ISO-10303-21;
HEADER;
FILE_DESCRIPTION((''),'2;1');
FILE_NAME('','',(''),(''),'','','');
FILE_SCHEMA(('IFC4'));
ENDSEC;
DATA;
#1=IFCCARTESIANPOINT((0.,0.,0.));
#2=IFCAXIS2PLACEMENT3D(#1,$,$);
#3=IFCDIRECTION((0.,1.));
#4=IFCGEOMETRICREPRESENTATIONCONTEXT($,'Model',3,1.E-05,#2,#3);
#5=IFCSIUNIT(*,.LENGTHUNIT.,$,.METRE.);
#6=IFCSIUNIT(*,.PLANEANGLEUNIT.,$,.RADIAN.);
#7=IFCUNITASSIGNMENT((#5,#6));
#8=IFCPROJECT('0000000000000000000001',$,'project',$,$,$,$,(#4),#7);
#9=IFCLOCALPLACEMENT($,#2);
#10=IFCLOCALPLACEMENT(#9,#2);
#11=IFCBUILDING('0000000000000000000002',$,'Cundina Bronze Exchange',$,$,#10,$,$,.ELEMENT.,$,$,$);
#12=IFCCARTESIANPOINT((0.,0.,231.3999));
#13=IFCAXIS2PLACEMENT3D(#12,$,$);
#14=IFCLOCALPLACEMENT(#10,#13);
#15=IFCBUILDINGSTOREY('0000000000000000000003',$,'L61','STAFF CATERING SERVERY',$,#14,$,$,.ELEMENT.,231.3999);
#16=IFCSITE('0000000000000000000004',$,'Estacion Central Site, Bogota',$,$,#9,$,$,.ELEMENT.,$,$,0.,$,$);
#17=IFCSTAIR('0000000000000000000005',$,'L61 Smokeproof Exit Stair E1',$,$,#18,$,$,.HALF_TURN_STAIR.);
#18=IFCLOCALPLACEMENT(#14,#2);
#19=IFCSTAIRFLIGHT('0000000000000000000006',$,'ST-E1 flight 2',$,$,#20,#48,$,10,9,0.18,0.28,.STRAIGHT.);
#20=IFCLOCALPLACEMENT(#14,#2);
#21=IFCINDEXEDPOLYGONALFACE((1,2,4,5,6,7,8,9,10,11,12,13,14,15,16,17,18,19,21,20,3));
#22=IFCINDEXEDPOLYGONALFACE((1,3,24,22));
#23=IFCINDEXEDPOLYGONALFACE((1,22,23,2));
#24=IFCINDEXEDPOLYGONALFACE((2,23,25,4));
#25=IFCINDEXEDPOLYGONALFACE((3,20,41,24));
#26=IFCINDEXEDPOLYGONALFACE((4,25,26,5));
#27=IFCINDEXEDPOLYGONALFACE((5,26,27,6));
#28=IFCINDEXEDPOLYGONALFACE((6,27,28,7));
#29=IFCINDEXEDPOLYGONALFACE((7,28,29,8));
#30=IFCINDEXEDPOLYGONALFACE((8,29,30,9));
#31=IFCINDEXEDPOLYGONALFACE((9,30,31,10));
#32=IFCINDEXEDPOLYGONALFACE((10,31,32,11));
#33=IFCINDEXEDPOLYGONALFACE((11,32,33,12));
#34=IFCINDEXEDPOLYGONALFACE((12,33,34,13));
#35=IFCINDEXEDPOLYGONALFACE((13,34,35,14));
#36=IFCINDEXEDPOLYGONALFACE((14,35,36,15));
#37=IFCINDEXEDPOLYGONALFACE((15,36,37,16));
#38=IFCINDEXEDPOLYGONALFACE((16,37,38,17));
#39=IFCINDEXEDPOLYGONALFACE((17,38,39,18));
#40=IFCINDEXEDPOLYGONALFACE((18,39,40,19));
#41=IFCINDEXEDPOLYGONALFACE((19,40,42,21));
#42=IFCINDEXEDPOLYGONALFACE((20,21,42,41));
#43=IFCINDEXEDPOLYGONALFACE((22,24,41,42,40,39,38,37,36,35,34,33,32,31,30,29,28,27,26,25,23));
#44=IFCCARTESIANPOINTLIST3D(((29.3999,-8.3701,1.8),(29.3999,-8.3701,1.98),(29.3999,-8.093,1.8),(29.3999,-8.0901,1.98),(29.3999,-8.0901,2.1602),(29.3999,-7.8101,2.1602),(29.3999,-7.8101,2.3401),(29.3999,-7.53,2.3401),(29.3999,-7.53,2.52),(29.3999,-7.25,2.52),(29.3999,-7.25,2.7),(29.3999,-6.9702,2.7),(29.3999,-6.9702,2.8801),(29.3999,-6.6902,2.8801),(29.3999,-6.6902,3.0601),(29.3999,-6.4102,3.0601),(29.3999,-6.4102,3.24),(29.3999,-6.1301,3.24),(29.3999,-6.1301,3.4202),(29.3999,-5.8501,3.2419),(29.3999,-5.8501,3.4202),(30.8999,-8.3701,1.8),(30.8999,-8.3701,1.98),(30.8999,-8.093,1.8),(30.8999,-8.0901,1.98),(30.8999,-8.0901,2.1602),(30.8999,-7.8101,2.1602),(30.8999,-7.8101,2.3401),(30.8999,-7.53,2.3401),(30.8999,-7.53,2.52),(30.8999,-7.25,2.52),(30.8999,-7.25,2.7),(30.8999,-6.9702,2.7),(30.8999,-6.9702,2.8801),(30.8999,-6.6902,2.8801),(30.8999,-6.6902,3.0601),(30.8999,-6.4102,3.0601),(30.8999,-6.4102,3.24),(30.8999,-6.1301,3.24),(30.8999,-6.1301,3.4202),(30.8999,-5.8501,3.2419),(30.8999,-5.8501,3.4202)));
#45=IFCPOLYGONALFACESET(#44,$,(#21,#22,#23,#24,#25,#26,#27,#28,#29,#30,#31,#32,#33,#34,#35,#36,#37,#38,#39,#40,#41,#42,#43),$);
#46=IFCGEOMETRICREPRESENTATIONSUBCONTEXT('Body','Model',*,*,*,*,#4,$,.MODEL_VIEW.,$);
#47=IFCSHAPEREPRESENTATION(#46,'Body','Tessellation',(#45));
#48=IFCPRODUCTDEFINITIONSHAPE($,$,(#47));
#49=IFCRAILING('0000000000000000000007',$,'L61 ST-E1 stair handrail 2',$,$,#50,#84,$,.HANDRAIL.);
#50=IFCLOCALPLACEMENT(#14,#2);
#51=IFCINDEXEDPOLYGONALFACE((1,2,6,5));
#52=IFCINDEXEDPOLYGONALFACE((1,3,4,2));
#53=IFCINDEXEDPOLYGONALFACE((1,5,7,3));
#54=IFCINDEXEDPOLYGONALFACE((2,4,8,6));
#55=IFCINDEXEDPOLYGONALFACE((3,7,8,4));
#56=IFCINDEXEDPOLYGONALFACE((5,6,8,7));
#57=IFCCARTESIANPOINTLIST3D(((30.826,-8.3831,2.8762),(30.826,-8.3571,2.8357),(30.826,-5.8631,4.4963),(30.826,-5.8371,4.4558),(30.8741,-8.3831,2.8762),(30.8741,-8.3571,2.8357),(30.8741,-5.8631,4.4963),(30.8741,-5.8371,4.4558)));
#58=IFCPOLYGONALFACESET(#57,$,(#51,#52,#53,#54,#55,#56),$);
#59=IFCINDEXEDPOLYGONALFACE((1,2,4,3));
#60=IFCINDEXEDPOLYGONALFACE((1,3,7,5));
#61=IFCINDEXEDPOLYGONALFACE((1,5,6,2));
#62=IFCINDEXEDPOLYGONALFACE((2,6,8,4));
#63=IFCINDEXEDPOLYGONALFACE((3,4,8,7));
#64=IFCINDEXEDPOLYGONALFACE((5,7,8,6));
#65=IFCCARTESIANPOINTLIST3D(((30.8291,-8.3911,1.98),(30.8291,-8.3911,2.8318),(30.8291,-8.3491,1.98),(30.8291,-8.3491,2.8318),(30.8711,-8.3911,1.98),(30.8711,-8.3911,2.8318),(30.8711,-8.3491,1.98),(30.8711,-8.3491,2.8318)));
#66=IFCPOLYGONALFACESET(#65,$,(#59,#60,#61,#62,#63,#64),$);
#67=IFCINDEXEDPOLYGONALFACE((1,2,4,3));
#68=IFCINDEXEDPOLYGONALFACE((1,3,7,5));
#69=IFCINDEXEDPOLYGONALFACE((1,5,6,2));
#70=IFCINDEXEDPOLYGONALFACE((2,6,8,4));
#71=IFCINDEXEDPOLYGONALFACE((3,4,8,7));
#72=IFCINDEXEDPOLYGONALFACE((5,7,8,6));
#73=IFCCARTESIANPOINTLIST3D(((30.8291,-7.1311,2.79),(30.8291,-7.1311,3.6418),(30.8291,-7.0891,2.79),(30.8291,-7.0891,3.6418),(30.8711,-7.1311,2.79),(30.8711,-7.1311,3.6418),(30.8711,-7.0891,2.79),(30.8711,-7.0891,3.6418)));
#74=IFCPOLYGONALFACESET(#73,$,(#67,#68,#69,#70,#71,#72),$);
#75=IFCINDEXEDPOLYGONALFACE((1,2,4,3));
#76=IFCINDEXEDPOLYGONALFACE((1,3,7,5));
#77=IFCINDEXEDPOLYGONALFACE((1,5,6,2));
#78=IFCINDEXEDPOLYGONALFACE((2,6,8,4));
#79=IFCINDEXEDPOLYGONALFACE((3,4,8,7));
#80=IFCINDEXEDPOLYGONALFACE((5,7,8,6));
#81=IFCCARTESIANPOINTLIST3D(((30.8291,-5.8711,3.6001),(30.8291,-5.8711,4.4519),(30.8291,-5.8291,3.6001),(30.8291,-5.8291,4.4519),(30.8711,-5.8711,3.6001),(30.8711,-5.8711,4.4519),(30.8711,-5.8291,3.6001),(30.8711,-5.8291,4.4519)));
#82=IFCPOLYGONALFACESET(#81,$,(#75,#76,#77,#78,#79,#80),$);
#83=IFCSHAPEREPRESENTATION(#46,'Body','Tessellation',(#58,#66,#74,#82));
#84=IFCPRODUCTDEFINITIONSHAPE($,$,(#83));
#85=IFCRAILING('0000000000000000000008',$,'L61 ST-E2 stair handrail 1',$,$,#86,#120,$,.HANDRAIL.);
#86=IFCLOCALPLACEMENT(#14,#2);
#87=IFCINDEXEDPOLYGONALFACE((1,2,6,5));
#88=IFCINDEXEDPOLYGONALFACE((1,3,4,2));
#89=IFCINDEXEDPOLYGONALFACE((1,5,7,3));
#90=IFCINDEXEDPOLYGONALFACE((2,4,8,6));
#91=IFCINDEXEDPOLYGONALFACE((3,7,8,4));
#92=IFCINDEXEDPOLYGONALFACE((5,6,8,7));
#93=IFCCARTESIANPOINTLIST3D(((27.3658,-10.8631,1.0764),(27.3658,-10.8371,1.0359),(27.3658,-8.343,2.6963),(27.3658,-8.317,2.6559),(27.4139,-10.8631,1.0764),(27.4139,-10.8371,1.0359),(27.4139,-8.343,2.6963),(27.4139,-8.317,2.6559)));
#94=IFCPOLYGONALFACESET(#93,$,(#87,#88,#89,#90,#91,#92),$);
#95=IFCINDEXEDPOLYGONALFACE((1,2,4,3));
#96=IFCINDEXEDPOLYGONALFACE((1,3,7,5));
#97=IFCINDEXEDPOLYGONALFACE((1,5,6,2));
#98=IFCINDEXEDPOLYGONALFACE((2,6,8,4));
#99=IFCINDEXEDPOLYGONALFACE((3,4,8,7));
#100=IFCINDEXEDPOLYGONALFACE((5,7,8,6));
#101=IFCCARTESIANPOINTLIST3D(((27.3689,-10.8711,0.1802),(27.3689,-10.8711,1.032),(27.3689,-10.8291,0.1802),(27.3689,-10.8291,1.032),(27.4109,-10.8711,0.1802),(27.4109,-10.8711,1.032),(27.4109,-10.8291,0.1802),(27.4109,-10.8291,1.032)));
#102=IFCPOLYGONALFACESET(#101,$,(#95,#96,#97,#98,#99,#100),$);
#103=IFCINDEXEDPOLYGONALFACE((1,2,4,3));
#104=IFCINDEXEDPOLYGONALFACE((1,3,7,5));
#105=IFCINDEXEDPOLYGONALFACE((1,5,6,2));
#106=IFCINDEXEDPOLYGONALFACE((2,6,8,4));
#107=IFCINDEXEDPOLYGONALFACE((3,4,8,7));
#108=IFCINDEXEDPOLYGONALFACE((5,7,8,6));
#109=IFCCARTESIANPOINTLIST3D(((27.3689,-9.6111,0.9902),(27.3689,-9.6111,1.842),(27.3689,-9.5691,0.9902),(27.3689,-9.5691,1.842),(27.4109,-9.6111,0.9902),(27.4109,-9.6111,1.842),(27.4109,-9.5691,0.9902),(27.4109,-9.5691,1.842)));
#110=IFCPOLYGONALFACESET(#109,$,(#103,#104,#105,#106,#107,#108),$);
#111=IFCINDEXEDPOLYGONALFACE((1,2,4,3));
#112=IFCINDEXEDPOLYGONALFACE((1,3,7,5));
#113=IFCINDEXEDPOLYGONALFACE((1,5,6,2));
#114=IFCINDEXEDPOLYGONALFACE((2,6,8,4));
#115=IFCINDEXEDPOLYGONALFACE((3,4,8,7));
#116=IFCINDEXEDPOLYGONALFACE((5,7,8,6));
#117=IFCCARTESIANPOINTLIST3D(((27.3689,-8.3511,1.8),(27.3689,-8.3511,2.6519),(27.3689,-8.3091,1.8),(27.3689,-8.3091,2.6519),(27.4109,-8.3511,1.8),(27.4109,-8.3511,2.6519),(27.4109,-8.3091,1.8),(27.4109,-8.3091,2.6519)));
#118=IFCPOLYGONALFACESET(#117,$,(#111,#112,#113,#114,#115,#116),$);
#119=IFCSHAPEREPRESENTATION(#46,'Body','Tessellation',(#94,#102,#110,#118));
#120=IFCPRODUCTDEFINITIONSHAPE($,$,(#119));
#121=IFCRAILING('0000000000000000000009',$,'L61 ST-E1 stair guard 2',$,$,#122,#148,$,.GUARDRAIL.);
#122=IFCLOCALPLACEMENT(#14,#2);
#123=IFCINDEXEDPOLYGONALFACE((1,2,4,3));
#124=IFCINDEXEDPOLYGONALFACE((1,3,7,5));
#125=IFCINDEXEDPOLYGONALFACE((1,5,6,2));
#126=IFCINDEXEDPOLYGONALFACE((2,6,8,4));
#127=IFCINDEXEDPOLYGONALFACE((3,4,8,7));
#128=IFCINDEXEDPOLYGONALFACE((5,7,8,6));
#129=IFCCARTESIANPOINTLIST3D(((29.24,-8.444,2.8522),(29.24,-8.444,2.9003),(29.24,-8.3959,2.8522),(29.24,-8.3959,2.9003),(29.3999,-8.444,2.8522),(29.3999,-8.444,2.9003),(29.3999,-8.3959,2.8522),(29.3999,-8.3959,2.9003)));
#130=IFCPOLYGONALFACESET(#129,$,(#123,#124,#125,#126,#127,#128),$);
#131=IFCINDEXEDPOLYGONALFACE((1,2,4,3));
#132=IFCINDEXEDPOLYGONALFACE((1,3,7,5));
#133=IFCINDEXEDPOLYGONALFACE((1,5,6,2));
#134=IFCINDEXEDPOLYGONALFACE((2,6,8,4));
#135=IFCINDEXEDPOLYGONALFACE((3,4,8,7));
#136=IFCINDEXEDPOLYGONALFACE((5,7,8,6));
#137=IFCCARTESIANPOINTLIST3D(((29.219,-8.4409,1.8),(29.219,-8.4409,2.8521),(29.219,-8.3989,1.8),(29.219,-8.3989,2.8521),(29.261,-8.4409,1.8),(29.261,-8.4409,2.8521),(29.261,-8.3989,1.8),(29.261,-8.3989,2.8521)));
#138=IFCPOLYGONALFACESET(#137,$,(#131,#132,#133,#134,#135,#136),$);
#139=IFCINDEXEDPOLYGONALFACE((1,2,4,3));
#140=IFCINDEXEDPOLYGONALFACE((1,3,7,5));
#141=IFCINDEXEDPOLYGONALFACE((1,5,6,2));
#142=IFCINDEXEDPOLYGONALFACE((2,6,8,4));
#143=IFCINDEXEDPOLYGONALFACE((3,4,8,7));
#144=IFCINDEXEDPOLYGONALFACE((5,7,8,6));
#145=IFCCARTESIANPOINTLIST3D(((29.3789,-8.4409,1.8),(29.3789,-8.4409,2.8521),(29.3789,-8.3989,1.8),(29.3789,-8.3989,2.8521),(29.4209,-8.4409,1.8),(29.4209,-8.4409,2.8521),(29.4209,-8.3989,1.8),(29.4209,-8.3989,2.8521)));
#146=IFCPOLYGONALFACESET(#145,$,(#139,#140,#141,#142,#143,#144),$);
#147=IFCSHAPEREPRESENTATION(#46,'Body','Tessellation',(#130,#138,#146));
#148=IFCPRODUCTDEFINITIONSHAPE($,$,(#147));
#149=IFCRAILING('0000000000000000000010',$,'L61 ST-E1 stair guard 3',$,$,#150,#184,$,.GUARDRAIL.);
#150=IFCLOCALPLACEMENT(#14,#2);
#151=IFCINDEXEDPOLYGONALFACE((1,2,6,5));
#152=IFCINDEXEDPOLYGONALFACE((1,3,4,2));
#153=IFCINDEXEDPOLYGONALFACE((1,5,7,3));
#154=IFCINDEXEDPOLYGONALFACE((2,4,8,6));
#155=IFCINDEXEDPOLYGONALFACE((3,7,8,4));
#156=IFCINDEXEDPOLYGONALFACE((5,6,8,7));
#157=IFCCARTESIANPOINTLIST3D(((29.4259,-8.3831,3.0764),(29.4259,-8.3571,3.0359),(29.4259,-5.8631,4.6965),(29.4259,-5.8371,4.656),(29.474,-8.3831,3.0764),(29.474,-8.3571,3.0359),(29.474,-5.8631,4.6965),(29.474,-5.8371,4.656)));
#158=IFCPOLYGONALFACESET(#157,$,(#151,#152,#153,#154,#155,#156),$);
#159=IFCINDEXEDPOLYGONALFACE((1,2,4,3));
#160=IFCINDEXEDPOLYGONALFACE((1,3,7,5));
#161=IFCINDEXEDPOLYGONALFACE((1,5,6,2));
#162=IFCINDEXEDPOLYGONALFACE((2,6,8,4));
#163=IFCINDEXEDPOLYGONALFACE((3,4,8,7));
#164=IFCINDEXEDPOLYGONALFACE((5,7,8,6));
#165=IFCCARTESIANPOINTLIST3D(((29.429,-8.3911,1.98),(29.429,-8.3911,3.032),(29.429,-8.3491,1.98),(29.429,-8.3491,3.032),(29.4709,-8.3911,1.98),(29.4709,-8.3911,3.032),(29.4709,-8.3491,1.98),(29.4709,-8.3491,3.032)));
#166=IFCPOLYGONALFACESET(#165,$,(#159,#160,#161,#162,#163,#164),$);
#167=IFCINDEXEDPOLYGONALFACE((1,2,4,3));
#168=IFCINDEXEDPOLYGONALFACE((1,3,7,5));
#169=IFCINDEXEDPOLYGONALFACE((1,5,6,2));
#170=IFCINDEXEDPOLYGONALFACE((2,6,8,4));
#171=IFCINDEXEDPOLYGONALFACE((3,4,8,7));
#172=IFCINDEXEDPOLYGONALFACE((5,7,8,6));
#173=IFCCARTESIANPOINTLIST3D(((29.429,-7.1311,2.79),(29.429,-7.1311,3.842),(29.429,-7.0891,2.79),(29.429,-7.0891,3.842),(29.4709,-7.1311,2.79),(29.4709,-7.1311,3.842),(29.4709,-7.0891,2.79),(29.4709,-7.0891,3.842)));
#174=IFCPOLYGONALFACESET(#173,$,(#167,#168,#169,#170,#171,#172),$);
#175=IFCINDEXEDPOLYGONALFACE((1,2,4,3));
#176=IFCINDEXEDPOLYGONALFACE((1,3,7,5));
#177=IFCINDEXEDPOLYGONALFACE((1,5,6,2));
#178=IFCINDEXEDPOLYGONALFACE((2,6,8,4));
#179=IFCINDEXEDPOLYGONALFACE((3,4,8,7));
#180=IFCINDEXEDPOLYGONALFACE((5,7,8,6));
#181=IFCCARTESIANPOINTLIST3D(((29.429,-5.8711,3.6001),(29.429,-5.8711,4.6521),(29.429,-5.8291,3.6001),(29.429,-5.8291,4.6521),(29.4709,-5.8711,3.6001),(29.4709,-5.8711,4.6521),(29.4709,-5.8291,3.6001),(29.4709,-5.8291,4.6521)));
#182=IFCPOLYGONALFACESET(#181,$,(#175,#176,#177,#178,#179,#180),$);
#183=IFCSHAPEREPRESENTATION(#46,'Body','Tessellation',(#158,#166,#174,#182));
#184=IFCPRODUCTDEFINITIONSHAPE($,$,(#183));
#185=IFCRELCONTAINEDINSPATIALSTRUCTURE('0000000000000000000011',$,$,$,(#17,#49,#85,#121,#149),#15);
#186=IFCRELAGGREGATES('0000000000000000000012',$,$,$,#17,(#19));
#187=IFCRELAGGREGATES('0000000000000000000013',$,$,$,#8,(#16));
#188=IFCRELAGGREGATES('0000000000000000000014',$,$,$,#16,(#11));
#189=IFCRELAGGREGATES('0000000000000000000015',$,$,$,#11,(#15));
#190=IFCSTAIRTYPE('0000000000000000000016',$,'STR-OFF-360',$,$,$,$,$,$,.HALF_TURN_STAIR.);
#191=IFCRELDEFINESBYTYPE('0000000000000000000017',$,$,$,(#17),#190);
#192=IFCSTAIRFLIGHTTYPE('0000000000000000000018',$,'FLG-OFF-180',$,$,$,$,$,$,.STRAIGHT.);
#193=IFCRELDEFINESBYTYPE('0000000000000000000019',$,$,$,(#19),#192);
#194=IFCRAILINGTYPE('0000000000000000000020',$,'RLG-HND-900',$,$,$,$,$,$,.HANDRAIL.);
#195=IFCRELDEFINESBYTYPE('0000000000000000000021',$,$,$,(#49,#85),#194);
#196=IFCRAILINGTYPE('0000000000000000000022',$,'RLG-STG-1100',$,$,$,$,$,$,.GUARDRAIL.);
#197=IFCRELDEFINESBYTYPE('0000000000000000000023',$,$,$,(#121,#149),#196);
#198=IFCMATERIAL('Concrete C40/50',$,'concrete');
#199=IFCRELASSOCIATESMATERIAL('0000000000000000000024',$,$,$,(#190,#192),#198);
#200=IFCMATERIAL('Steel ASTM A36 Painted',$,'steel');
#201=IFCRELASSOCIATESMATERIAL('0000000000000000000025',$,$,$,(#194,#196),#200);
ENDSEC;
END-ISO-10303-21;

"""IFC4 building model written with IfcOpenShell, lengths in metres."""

from ifc_helpers import new_model, si_unit, direction, frame, origin, origin_2d, place, context, subcontext, project, spatial, polyline, rectangle, outline, extrude, material, type_object, element, aggregate, save


model = new_model("IFC4")

# Units and contexts
model_context = context("Model", 3, precision=1e-05, world=origin(), true_north=direction((0.0, 1.0)))
body_context = subcontext(model_context, "Body", "Model", "MODEL_VIEW")
ifc_project = project(units=[si_unit("LENGTHUNIT", "METRE"), si_unit("PLANEANGLEUNIT", "RADIAN")], contexts=[model_context])

# Site, building, storey
site_placement = place(None, origin())
site = spatial("IfcSite", under=ifc_project, at=site_placement, Name="Estacion Central Site, Bogota", CompositionType="ELEMENT", RefElevation=0.0)
building_placement = place(site_placement, origin())
building = spatial("IfcBuilding", under=site, at=building_placement, Name="Cundina Bronze Exchange", CompositionType="ELEMENT")
storey_placement = place(building_placement, frame((0.0, 0.0, 231.3999)))
storey = spatial("IfcBuildingStorey", under=building, at=storey_placement, Name="L61", Description="STAFF CATERING SERVERY", CompositionType="ELEMENT", Elevation=231.3999)

# Stair, stair flight
ifc_material_1 = material(Name="Concrete C40/50", Category="concrete")
stair_type = type_object("IfcStairType", Name="STR-OFF-360", PredefinedType="HALF_TURN_STAIR", material=ifc_material_1)
stair_placement = place(storey_placement, origin())
stair = element("IfcStair", 1, at=stair_placement, inside=storey, type_object=stair_type, Name="L61 Smokeproof Exit Stair E1", PredefinedType="HALF_TURN_STAIR")
stair_flight_type = type_object("IfcStairFlightType", Name="FLG-OFF-180", PredefinedType="STRAIGHT", material=ifc_material_1)
stair_flight_placement = place(storey_placement, frame((30.1499, -8.3701, 1.8), z_axis=(0.0, 0.0, 1.0), x_axis=(0.0, 1.0, 0.0)))
stair_flight = element("IfcStairFlight", 2, at=stair_flight_placement, type_object=stair_flight_type, Name="ST-E1 flight 2", NumberOfRisers=10, NumberOfTreads=9, PredefinedType="STRAIGHT", RiserHeight=0.18, TreadLength=0.28, context=body_context, shape_type="SweptSolid", body=[
    extrude(outline(polyline([(0.0, 0.0), (0.0, 0.1799), (0.28, 0.1799), (0.28, 0.3601), (0.5601, 0.3601), (0.5601, 0.54), (0.8401, 0.54), (0.8401, 0.72), (1.1201, 0.72), (1.1201, 0.8999), (1.3999, 0.8999), (1.3999, 1.0801), (1.6799, 1.0801), (1.6799, 1.26), (1.96, 1.26), (1.96, 1.4399), (2.24, 1.4399), (2.24, 1.6201), (2.52, 1.6201), (2.52, 1.8), (2.52, 1.4419), (0.2771, 0.0), (0.0, 0.0)])), frame((0.0, 0.75, 0.0), z_axis=(0.0, -1.0, 0.0), x_axis=(1.0, 0.0, 0.0)), (0.0, 0.0, 1.0), 1.5),
])
aggregate(stair, [stair_flight])

# Railings
ifc_material_2 = material(Name="Steel ASTM A36 Painted", Category="steel")
railing_type_1 = type_object("IfcRailingType", Name="RLG-HND-900", PredefinedType="HANDRAIL", material=ifc_material_2)
railing_1_placement = place(storey_placement, frame((30.8501, -8.3701, 1.98)))
element("IfcRailing", 3, at=railing_1_placement, inside=storey, type_object=railing_type_1, Name="L61 ST-E1 stair handrail 2", PredefinedType="HANDRAIL", context=body_context, shape_type="SweptSolid", body=[
    extrude(rectangle(XDim=0.0481, YDim=0.0481, at=origin_2d()), frame((0.0, 0.0, 0.876), z_axis=(0.0, 0.841163, 0.540782), x_axis=(-1.0, 0.0, 0.0)), (0.0, 0.0, 1.0), 2.9958),
    extrude(rectangle(XDim=0.042, YDim=0.042, at=origin_2d()), origin(), (0.0, 0.0, 1.0), 0.8518),
    extrude(rectangle(XDim=0.042, YDim=0.042, at=origin_2d()), frame((0.0, 1.26, 0.8101)), (0.0, 0.0, 1.0), 0.8518),
    extrude(rectangle(XDim=0.042, YDim=0.042, at=origin_2d()), frame((0.0, 2.52, 1.6201)), (0.0, 0.0, 1.0), 0.8518),
])
railing_2_placement = place(storey_placement, frame((27.3899, -10.8501, 0.1802)))
element("IfcRailing", 4, at=railing_2_placement, inside=storey, type_object=railing_type_1, Name="L61 ST-E2 stair handrail 1", PredefinedType="HANDRAIL", context=body_context, shape_type="SweptSolid", body=[
    extrude(rectangle(XDim=0.0481, YDim=0.0481, at=origin_2d()), frame((0.0, 0.0, 0.876), z_axis=(0.0, 0.8412, 0.540725), x_axis=(-1.0, 0.0, 0.0)), (0.0, 0.0, 1.0), 2.9958),
    extrude(rectangle(XDim=0.042, YDim=0.042, at=origin_2d()), origin(), (0.0, 0.0, 1.0), 0.8518),
    extrude(rectangle(XDim=0.042, YDim=0.042, at=origin_2d()), frame((0.0, 1.26, 0.8101)), (0.0, 0.0, 1.0), 0.8518),
    extrude(rectangle(XDim=0.042, YDim=0.042, at=origin_2d()), frame((0.0, 2.52, 1.6199)), (0.0, 0.0, 1.0), 0.8518),
])
railing_type_2 = type_object("IfcRailingType", Name="RLG-STG-1100", PredefinedType="GUARDRAIL", material=ifc_material_2)
railing_3_placement = place(storey_placement, frame((29.24, -8.4199, 1.8)))
element("IfcRailing", 5, at=railing_3_placement, inside=storey, type_object=railing_type_2, Name="L61 ST-E1 stair guard 2", PredefinedType="GUARDRAIL", context=body_context, shape_type="SweptSolid", body=[
    extrude(rectangle(XDim=0.0481, YDim=0.0481, at=origin_2d()), frame((0.0, 0.0, 1.0762), z_axis=(1.0, 0.0, 0.0), x_axis=(0.0, 1.0, 0.0)), (0.0, 0.0, 1.0), 0.1599),
    extrude(rectangle(XDim=0.042, YDim=0.042, at=origin_2d()), origin(), (0.0, 0.0, 1.0), 1.052),
    extrude(rectangle(XDim=0.042, YDim=0.042, at=origin_2d()), frame((0.1599, 0.0, 0.0)), (0.0, 0.0, 1.0), 1.052),
])
railing_4_placement = place(storey_placement, frame((29.45, -8.3701, 1.98)))
element("IfcRailing", 6, at=railing_4_placement, inside=storey, type_object=railing_type_2, Name="L61 ST-E1 stair guard 3", PredefinedType="GUARDRAIL", context=body_context, shape_type="SweptSolid", body=[
    extrude(rectangle(XDim=0.0481, YDim=0.0481, at=origin_2d()), frame((0.0, 0.0, 1.0762), z_axis=(0.0, 0.841163, 0.540782), x_axis=(-1.0, 0.0, 0.0)), (0.0, 0.0, 1.0), 2.9958),
    extrude(rectangle(XDim=0.042, YDim=0.042, at=origin_2d()), origin(), (0.0, 0.0, 1.0), 1.052),
    extrude(rectangle(XDim=0.042, YDim=0.042, at=origin_2d()), frame((0.0, 1.26, 0.8101)), (0.0, 0.0, 1.0), 1.052),
    extrude(rectangle(XDim=0.042, YDim=0.042, at=origin_2d()), frame((0.0, 2.52, 1.6201)), (0.0, 0.0, 1.0), 1.052),
])

save(model, "model.ifc")
